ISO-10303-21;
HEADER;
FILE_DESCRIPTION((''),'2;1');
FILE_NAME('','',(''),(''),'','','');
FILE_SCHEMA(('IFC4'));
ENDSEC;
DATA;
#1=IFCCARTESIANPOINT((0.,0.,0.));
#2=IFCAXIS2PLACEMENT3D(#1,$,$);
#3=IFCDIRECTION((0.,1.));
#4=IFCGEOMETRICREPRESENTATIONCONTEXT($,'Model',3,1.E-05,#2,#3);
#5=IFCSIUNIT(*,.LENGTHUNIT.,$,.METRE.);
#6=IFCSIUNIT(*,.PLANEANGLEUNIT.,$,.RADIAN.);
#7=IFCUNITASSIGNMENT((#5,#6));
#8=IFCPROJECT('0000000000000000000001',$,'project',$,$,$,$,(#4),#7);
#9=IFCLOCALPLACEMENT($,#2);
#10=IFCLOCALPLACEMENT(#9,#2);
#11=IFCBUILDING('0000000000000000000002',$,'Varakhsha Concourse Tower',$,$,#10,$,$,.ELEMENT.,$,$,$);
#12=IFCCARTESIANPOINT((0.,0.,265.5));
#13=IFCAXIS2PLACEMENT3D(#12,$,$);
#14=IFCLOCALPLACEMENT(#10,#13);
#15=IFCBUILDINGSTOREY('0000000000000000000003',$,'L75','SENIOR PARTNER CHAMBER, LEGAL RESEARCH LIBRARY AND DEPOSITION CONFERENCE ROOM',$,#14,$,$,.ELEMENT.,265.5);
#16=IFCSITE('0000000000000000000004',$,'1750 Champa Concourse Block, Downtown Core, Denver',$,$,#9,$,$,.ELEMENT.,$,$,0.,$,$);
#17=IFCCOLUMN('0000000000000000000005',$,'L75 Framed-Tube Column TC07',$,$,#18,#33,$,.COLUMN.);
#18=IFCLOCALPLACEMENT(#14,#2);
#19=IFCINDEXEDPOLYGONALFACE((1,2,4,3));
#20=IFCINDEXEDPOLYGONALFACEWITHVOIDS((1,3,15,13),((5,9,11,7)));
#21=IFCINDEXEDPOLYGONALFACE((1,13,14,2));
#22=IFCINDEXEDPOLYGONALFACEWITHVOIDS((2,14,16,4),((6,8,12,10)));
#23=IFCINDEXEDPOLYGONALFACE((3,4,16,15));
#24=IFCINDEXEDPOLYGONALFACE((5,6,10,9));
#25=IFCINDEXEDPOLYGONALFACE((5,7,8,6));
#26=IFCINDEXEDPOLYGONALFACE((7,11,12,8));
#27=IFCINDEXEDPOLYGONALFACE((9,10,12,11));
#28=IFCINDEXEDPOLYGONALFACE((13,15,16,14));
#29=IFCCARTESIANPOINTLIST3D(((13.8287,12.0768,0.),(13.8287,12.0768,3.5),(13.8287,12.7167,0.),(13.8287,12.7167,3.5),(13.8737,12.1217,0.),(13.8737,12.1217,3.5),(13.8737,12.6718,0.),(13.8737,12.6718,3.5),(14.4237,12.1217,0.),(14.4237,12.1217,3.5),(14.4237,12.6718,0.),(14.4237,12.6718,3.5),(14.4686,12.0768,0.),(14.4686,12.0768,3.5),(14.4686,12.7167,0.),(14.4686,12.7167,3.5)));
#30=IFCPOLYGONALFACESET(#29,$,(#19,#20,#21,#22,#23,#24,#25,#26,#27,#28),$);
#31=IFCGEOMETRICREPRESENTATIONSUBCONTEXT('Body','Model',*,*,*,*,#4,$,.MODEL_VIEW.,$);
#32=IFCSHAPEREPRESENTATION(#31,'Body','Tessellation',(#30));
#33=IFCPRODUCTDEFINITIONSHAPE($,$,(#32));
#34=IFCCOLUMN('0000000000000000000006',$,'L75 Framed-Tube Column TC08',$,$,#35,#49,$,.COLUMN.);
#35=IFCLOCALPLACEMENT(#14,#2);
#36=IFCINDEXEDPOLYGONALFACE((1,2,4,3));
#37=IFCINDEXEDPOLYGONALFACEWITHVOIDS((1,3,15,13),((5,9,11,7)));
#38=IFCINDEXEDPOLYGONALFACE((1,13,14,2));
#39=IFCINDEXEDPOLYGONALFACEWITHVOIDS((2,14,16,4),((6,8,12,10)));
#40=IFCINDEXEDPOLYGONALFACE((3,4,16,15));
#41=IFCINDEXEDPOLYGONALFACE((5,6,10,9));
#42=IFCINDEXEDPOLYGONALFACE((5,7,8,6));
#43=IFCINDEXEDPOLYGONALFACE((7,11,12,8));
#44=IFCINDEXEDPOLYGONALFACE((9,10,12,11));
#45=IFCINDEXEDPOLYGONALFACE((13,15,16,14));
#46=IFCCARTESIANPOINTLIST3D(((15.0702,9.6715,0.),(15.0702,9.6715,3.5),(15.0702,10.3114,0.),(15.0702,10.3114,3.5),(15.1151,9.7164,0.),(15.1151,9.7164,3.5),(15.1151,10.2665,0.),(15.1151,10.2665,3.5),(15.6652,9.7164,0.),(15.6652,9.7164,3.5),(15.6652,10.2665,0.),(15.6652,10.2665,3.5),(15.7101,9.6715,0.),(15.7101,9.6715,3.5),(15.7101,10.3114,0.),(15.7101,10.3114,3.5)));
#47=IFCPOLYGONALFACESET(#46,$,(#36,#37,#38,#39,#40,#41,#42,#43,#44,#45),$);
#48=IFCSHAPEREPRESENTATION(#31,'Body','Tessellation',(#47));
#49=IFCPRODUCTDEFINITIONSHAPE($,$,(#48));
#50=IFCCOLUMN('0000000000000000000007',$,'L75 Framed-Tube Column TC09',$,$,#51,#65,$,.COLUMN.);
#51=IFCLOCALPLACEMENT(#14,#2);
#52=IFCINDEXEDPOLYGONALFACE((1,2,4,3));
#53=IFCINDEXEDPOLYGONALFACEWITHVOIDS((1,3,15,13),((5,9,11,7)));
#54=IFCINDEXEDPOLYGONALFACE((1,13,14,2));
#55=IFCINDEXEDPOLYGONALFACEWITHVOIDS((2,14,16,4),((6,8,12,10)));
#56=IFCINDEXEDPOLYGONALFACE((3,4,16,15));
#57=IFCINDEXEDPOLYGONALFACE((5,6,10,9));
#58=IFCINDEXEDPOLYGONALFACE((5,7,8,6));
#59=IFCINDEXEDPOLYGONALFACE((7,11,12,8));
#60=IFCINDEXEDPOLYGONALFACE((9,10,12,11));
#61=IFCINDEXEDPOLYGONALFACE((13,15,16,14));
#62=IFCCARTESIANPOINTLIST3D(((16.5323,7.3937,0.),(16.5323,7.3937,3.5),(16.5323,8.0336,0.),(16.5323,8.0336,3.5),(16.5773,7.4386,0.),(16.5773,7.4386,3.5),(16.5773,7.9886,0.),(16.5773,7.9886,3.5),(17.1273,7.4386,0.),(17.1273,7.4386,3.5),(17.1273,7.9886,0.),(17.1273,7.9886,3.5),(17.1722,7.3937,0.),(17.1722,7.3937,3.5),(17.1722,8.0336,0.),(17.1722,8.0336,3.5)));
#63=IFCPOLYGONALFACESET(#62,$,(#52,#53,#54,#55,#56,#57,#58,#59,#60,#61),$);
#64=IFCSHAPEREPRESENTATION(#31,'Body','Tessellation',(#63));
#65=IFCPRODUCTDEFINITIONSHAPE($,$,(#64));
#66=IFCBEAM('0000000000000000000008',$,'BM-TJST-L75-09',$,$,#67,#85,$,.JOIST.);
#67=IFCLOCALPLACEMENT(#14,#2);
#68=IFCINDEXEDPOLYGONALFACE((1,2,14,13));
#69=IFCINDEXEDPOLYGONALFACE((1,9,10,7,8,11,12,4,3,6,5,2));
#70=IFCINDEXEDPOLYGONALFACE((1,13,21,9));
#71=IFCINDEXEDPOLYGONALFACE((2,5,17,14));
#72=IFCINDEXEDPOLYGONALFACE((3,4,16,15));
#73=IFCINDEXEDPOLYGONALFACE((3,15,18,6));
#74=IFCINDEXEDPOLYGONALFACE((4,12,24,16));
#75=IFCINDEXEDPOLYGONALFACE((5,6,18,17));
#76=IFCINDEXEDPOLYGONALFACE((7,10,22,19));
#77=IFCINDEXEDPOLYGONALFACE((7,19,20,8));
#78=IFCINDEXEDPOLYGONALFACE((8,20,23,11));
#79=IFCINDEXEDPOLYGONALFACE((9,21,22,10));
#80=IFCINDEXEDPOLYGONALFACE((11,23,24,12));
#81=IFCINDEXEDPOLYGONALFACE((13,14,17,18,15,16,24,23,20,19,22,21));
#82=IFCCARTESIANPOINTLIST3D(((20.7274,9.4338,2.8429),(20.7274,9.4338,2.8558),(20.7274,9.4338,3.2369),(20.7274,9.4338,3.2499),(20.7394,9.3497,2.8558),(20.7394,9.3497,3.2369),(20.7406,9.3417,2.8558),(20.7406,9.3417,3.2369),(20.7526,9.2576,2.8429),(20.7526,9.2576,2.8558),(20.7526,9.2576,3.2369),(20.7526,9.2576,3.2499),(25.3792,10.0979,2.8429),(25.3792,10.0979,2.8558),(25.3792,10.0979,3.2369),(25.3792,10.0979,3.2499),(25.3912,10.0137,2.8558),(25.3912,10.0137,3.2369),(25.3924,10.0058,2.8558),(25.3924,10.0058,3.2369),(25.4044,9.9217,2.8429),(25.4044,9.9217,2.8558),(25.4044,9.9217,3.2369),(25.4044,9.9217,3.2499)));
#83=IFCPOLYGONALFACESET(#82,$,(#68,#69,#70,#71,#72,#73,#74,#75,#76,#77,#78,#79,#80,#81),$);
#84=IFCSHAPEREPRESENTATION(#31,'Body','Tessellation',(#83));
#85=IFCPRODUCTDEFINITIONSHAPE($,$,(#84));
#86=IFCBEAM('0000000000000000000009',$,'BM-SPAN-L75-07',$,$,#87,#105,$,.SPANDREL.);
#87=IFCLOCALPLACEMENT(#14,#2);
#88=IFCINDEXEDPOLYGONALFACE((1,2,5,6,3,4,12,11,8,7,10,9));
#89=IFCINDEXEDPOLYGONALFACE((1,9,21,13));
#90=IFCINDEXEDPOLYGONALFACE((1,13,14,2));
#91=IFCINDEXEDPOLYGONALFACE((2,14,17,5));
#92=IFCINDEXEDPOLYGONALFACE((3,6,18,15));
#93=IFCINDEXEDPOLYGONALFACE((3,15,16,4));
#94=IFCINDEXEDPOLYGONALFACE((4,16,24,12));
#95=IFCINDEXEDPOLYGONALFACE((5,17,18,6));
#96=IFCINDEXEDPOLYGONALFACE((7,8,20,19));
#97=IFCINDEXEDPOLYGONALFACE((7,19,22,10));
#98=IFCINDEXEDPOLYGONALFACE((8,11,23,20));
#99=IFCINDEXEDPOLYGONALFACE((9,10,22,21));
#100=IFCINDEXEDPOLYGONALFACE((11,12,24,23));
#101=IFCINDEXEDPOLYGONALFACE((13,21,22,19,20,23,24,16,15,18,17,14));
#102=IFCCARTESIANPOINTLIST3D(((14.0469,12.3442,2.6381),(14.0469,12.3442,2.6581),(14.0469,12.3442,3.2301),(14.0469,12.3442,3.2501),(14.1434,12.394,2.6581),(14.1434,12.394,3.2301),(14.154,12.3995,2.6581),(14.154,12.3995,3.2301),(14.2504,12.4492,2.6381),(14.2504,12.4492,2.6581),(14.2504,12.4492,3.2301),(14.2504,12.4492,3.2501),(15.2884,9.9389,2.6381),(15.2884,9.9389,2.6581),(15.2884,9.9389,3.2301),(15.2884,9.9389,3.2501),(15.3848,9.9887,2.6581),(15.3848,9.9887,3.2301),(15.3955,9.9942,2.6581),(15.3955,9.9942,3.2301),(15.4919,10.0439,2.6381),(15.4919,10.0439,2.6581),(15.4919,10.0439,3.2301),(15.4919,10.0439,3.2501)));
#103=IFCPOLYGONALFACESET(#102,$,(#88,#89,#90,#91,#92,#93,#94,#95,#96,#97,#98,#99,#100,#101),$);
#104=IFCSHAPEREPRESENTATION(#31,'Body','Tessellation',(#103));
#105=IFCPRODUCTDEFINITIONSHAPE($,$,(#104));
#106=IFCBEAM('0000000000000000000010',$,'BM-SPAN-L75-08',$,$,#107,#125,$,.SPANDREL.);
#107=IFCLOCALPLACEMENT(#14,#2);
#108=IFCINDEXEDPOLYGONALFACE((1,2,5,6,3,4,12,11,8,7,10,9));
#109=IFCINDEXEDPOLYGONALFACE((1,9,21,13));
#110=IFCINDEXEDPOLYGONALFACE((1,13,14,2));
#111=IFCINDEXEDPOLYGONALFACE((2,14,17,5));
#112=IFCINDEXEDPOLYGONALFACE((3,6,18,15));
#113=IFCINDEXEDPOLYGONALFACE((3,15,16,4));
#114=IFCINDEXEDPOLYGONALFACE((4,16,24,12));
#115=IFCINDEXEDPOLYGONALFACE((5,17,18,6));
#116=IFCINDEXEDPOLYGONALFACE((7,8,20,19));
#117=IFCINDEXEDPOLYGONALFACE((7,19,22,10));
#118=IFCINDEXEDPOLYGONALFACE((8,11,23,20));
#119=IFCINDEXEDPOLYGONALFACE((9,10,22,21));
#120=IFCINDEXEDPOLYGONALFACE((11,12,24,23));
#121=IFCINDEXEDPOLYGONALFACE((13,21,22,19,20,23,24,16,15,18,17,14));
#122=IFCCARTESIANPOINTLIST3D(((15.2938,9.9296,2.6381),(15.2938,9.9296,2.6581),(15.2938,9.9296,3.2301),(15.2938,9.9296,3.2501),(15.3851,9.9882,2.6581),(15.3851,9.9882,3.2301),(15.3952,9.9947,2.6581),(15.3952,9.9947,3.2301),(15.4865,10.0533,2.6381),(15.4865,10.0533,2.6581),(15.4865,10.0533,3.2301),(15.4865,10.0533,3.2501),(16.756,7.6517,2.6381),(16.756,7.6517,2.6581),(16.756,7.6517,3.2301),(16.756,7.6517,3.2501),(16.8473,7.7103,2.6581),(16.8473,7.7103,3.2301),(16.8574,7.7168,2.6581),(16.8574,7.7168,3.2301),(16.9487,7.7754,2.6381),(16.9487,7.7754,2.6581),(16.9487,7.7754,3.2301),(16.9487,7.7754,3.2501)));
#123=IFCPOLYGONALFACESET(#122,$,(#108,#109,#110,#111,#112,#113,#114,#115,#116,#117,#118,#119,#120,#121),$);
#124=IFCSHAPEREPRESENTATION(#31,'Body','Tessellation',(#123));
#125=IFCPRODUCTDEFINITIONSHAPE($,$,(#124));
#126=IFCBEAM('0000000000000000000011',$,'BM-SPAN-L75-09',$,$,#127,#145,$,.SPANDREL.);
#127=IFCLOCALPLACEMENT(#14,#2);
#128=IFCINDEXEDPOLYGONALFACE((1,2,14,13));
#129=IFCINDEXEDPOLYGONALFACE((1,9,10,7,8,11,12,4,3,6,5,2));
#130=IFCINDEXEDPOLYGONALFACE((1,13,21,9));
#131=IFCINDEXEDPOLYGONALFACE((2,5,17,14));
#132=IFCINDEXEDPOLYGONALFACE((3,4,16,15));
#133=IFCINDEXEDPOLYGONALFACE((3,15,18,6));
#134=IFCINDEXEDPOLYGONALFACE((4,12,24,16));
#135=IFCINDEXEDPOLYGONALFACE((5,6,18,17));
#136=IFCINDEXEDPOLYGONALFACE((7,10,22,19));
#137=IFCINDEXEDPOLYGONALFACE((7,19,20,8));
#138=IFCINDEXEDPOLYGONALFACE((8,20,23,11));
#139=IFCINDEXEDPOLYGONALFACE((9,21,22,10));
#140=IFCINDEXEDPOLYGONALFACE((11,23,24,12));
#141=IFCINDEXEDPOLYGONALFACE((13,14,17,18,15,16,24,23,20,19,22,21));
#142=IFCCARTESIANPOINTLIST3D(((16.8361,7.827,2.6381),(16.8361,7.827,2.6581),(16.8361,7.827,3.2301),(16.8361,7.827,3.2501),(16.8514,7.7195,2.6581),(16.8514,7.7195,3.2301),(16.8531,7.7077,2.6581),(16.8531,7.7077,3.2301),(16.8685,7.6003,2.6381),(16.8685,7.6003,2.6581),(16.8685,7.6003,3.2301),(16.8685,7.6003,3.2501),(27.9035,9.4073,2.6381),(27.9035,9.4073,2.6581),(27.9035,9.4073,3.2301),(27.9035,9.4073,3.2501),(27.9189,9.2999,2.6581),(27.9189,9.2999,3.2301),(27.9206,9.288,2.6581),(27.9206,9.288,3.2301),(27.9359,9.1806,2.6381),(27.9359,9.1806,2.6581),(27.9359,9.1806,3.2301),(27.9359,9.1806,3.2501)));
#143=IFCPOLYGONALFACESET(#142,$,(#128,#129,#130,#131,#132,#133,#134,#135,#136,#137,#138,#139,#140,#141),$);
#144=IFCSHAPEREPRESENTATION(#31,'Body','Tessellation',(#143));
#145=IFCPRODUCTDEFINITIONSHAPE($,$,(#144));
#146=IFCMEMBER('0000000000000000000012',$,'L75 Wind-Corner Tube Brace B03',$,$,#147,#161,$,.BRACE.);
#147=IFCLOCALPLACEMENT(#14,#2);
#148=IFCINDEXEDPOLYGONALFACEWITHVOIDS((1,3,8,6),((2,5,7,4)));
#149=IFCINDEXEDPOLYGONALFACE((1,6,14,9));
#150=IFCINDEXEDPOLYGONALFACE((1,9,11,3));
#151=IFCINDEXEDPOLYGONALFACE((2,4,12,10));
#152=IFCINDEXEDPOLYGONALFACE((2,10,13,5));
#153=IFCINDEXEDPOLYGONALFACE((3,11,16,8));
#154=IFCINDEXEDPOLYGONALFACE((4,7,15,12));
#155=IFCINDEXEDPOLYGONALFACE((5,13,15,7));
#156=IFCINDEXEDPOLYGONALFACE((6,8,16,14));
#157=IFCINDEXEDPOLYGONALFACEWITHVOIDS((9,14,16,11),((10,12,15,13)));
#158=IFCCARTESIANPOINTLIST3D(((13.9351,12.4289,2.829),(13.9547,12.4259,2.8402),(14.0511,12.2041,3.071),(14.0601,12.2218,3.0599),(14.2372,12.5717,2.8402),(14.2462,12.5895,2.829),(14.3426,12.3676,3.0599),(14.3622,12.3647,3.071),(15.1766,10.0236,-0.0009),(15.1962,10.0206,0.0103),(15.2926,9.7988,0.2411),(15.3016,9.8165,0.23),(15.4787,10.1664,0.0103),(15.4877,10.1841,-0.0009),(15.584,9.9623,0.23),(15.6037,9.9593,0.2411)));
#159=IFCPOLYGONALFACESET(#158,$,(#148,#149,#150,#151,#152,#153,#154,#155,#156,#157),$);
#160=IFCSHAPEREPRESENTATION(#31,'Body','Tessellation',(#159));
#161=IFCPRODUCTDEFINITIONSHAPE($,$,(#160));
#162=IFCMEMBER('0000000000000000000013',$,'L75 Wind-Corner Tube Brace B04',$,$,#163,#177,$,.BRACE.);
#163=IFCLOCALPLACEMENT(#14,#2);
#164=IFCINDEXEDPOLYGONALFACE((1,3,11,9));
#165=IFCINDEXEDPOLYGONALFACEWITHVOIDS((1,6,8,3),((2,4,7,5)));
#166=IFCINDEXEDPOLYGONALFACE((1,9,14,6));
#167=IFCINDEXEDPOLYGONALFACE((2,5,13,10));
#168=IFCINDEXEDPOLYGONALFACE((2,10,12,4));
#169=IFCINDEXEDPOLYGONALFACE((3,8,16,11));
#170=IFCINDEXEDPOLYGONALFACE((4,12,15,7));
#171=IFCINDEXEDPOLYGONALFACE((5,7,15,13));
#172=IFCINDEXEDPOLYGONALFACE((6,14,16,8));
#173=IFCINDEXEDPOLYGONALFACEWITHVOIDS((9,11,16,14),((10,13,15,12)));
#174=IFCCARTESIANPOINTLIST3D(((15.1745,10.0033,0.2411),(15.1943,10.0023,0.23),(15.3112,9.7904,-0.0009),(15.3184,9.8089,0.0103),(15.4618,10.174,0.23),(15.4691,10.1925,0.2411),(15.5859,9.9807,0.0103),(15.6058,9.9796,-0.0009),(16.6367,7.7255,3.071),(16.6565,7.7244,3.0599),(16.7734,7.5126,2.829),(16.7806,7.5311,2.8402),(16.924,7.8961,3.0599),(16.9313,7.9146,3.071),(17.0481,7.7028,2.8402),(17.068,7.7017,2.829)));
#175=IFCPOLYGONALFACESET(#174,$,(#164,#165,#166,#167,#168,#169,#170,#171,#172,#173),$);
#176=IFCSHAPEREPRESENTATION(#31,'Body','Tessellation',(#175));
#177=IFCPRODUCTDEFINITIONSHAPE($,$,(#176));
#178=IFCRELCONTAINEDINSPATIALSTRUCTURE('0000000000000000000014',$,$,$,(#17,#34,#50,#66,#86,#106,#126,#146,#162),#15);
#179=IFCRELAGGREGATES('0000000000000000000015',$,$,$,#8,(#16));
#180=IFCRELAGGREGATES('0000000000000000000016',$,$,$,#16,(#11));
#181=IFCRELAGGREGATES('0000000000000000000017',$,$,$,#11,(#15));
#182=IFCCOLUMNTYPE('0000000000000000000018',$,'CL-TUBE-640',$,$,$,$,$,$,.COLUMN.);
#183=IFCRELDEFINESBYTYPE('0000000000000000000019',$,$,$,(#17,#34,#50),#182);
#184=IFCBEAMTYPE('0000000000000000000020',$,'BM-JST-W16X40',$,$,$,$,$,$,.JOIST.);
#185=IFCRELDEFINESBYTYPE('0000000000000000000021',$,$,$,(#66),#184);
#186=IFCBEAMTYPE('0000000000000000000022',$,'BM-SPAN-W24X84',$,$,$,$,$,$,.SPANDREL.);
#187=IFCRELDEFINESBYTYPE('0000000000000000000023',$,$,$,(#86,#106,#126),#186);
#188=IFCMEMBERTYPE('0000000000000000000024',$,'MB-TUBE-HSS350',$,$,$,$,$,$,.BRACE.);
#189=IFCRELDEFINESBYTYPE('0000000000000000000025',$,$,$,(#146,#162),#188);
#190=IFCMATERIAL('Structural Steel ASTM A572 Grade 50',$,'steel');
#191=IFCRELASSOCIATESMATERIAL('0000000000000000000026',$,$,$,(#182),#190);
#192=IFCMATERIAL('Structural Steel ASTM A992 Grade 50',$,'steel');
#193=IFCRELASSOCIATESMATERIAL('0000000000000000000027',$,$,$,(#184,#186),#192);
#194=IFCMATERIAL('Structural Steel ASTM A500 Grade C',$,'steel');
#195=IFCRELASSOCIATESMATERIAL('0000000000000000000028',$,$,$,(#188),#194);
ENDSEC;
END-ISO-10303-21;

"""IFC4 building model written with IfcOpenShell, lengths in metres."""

from ifc_helpers import new_model, si_unit, direction, frame, origin, origin_2d, place, context, subcontext, project, spatial, hollow_rectangle, i_section, extrude, source, transform, mapped, material, material_profile, profile_set, type_object, type_shapes, element, save


model = new_model("IFC4")

# Units and contexts
model_context = context("Model", 3, precision=1e-05, world=origin(), true_north=direction((0.0, 1.0)))
body_context = subcontext(model_context, "Body", "Model", "MODEL_VIEW")
ifc_project = project(units=[si_unit("LENGTHUNIT", "METRE"), si_unit("PLANEANGLEUNIT", "RADIAN")], contexts=[model_context])

# Site, building, storey
site_placement = place(None, origin())
site = spatial("IfcSite", under=ifc_project, at=site_placement, Name="1750 Champa Concourse Block, Downtown Core, Denver", CompositionType="ELEMENT", RefElevation=0.0)
building_placement = place(site_placement, origin())
building = spatial("IfcBuilding", under=site, at=building_placement, Name="Varakhsha Concourse Tower", CompositionType="ELEMENT")
storey_placement = place(building_placement, frame((0.0, 0.0, 265.5)))
storey = spatial("IfcBuildingStorey", under=building, at=storey_placement, Name="L75", Description="SENIOR PARTNER CHAMBER, LEGAL RESEARCH LIBRARY AND DEPOSITION CONFERENCE ROOM", CompositionType="ELEMENT", Elevation=265.5)

# Columns
ifc_material_1 = material(Name="Structural Steel ASTM A572 Grade 50", Category="steel")
ifc_material_profile_1 = material_profile(ifc_material_1, hollow_rectangle(XDim=0.6399, YDim=0.6399, WallThickness=0.0449, at=origin_2d()), Name="BOX 640x640x45")
ifc_profile_set_1 = profile_set([ifc_material_profile_1], Name="Structural Steel ASTM A572 Grade 50")
column_type = type_object("IfcColumnType", Name="CL-TUBE-640", PredefinedType="COLUMN", material=ifc_profile_set_1)
for number, where, z_axis, x_axis, name in (
    (1, (14.1487, 12.3967, 0.0), (0.0, 0.0, 1.0), (1.0, 0.0, 0.0), "L75 Framed-Tube Column TC07"),
    (2, (15.3901, 9.9915, 0.0), (0.0, 0.0, 1.0), (1.0, 0.0, 0.0), "L75 Framed-Tube Column TC08"),
    (3, (16.8523, 7.7136, 0.0), (0.0, 0.0, 1.0), (1.0, 0.0, 0.0), "L75 Framed-Tube Column TC09"),
):
    element("IfcColumn", number, at=place(storey_placement, frame(where, z_axis=z_axis, x_axis=x_axis)), inside=storey, type_object=column_type, Name=name, PredefinedType="COLUMN", context=body_context, shape_type="SweptSolid", body=[
        extrude(hollow_rectangle(XDim=0.6399, YDim=0.6399, WallThickness=0.0449, at=origin_2d()), origin(), (0.0, 0.0, 1.0), 3.5),
    ])

# Beams
ifc_material_2 = material(Name="Structural Steel ASTM A992 Grade 50", Category="steel")
ifc_material_profile_2 = material_profile(ifc_material_2, i_section(OverallWidth=0.178, OverallDepth=0.407, WebThickness=0.0081, FlangeThickness=0.0129, at=origin_2d()), Name="W16X40")
ifc_profile_set_2 = profile_set([ifc_material_profile_2], Name="Structural Steel ASTM A992 Grade 50")
beam_type_1 = type_object("IfcBeamType", Name="BM-JST-W16X40", PredefinedType="JOIST", material=ifc_profile_set_2)
beam_1_placement = place(storey_placement, frame((20.74, 9.3457, 3.0464), z_axis=(0.989964, 0.14132, 0.0), x_axis=(-0.14132, 0.989964, 0.0)))
element("IfcBeam", 4, at=beam_1_placement, inside=storey, type_object=beam_type_1, Name="BM-TJST-L75-09", PredefinedType="JOIST", context=body_context, shape_type="SweptSolid", body=[
    extrude(i_section(OverallWidth=0.178, OverallDepth=0.407, WebThickness=0.0081, FlangeThickness=0.0129, at=origin_2d()), origin(), (0.0, 0.0, 1.0), 4.699),
])
ifc_material_profile_3 = material_profile(ifc_material_2, i_section(OverallWidth=0.229, OverallDepth=0.6121, WebThickness=0.012, FlangeThickness=0.02, at=origin_2d()), Name="W24X84")
ifc_profile_set_3 = profile_set([ifc_material_profile_3], Name="Structural Steel ASTM A992 Grade 50")
beam_type_2 = type_object("IfcBeamType", Name="BM-SPAN-W24X84", PredefinedType="SPANDREL", material=ifc_profile_set_3)
for number, where, z_axis, x_axis, name in (
    (5, (14.1487, 12.3967, 2.9441), (0.45865, -0.888617, 0.0), (0.888617, 0.45865, 0.0), "BM-SPAN-L75-07"),
    (6, (15.3901, 9.9915, 2.9441), (0.540192, -0.841542, 0.0), (0.841542, 0.540192, 0.0), "BM-SPAN-L75-08"),
):
    element("IfcBeam", number, at=place(storey_placement, frame(where, z_axis=z_axis, x_axis=x_axis)), inside=storey, type_object=beam_type_2, Name=name, PredefinedType="SPANDREL", context=body_context, shape_type="SweptSolid", body=[
        extrude(i_section(OverallWidth=0.229, OverallDepth=0.6121, WebThickness=0.012, FlangeThickness=0.02, at=origin_2d()), origin(), (0.0, 0.0, 1.0), 2.7068),
    ])
beam_2_placement = place(storey_placement, frame((16.8523, 7.7136, 2.9441), z_axis=(0.989959, 0.141357, 0.0), x_axis=(-0.141357, 0.989959, 0.0)))
element("IfcBeam", 7, at=beam_2_placement, inside=storey, type_object=beam_type_2, Name="BM-SPAN-L75-09", PredefinedType="SPANDREL", context=body_context, shape_type="SweptSolid", body=[
    extrude(i_section(OverallWidth=0.229, OverallDepth=0.6121, WebThickness=0.012, FlangeThickness=0.02, at=origin_2d()), origin(), (0.0, 0.0, 1.0), 11.1797),
])

# Members
ifc_material_3 = material(Name="Structural Steel ASTM A500 Grade C", Category="steel")
ifc_material_profile_4 = material_profile(ifc_material_3, hollow_rectangle(XDim=0.3501, YDim=0.3501, WallThickness=0.0161, at=origin_2d()), Name="HSS 350x350x16")
ifc_profile_set_4 = profile_set([ifc_material_profile_4], Name="Structural Steel ASTM A500 Grade C")
member_type_1 = type_object("IfcMemberType", Name="MB-TUBE-HSS350", PredefinedType="BRACE", material=ifc_profile_set_4)
shared_shape_1 = source(origin(), body_context, "Body", "SweptSolid", [
    extrude(hollow_rectangle(XDim=0.3501, YDim=0.3501, WallThickness=0.0161, at=origin_2d()), origin(), (0.0, 0.0, 1.0), 3.916),
])
type_shapes(member_type_1, [shared_shape_1])
for number, where, z_axis, x_axis, name in (
    (8, (15.3901, 9.9915, 0.1201), (-0.317027, 0.614228, 0.722647), (-0.888617, -0.45865, 0.0), "L75 Wind-Corner Tube Brace B03"),
    (9, (15.3901, 9.9915, 0.1201), (0.373389, -0.581686, 0.72265), (0.841542, 0.540192, 0.0), "L75 Wind-Corner Tube Brace B04"),
):
    element("IfcMember", number, at=place(storey_placement, frame(where, z_axis=z_axis, x_axis=x_axis)), inside=storey, type_object=member_type_1, Name=name, PredefinedType="BRACE", context=body_context, shape_type="MappedRepresentation", body=[
        mapped(shared_shape_1, transform((0.0, 0.0, 0.0), scale=1.0)),
    ])

save(model, "model.ifc")
